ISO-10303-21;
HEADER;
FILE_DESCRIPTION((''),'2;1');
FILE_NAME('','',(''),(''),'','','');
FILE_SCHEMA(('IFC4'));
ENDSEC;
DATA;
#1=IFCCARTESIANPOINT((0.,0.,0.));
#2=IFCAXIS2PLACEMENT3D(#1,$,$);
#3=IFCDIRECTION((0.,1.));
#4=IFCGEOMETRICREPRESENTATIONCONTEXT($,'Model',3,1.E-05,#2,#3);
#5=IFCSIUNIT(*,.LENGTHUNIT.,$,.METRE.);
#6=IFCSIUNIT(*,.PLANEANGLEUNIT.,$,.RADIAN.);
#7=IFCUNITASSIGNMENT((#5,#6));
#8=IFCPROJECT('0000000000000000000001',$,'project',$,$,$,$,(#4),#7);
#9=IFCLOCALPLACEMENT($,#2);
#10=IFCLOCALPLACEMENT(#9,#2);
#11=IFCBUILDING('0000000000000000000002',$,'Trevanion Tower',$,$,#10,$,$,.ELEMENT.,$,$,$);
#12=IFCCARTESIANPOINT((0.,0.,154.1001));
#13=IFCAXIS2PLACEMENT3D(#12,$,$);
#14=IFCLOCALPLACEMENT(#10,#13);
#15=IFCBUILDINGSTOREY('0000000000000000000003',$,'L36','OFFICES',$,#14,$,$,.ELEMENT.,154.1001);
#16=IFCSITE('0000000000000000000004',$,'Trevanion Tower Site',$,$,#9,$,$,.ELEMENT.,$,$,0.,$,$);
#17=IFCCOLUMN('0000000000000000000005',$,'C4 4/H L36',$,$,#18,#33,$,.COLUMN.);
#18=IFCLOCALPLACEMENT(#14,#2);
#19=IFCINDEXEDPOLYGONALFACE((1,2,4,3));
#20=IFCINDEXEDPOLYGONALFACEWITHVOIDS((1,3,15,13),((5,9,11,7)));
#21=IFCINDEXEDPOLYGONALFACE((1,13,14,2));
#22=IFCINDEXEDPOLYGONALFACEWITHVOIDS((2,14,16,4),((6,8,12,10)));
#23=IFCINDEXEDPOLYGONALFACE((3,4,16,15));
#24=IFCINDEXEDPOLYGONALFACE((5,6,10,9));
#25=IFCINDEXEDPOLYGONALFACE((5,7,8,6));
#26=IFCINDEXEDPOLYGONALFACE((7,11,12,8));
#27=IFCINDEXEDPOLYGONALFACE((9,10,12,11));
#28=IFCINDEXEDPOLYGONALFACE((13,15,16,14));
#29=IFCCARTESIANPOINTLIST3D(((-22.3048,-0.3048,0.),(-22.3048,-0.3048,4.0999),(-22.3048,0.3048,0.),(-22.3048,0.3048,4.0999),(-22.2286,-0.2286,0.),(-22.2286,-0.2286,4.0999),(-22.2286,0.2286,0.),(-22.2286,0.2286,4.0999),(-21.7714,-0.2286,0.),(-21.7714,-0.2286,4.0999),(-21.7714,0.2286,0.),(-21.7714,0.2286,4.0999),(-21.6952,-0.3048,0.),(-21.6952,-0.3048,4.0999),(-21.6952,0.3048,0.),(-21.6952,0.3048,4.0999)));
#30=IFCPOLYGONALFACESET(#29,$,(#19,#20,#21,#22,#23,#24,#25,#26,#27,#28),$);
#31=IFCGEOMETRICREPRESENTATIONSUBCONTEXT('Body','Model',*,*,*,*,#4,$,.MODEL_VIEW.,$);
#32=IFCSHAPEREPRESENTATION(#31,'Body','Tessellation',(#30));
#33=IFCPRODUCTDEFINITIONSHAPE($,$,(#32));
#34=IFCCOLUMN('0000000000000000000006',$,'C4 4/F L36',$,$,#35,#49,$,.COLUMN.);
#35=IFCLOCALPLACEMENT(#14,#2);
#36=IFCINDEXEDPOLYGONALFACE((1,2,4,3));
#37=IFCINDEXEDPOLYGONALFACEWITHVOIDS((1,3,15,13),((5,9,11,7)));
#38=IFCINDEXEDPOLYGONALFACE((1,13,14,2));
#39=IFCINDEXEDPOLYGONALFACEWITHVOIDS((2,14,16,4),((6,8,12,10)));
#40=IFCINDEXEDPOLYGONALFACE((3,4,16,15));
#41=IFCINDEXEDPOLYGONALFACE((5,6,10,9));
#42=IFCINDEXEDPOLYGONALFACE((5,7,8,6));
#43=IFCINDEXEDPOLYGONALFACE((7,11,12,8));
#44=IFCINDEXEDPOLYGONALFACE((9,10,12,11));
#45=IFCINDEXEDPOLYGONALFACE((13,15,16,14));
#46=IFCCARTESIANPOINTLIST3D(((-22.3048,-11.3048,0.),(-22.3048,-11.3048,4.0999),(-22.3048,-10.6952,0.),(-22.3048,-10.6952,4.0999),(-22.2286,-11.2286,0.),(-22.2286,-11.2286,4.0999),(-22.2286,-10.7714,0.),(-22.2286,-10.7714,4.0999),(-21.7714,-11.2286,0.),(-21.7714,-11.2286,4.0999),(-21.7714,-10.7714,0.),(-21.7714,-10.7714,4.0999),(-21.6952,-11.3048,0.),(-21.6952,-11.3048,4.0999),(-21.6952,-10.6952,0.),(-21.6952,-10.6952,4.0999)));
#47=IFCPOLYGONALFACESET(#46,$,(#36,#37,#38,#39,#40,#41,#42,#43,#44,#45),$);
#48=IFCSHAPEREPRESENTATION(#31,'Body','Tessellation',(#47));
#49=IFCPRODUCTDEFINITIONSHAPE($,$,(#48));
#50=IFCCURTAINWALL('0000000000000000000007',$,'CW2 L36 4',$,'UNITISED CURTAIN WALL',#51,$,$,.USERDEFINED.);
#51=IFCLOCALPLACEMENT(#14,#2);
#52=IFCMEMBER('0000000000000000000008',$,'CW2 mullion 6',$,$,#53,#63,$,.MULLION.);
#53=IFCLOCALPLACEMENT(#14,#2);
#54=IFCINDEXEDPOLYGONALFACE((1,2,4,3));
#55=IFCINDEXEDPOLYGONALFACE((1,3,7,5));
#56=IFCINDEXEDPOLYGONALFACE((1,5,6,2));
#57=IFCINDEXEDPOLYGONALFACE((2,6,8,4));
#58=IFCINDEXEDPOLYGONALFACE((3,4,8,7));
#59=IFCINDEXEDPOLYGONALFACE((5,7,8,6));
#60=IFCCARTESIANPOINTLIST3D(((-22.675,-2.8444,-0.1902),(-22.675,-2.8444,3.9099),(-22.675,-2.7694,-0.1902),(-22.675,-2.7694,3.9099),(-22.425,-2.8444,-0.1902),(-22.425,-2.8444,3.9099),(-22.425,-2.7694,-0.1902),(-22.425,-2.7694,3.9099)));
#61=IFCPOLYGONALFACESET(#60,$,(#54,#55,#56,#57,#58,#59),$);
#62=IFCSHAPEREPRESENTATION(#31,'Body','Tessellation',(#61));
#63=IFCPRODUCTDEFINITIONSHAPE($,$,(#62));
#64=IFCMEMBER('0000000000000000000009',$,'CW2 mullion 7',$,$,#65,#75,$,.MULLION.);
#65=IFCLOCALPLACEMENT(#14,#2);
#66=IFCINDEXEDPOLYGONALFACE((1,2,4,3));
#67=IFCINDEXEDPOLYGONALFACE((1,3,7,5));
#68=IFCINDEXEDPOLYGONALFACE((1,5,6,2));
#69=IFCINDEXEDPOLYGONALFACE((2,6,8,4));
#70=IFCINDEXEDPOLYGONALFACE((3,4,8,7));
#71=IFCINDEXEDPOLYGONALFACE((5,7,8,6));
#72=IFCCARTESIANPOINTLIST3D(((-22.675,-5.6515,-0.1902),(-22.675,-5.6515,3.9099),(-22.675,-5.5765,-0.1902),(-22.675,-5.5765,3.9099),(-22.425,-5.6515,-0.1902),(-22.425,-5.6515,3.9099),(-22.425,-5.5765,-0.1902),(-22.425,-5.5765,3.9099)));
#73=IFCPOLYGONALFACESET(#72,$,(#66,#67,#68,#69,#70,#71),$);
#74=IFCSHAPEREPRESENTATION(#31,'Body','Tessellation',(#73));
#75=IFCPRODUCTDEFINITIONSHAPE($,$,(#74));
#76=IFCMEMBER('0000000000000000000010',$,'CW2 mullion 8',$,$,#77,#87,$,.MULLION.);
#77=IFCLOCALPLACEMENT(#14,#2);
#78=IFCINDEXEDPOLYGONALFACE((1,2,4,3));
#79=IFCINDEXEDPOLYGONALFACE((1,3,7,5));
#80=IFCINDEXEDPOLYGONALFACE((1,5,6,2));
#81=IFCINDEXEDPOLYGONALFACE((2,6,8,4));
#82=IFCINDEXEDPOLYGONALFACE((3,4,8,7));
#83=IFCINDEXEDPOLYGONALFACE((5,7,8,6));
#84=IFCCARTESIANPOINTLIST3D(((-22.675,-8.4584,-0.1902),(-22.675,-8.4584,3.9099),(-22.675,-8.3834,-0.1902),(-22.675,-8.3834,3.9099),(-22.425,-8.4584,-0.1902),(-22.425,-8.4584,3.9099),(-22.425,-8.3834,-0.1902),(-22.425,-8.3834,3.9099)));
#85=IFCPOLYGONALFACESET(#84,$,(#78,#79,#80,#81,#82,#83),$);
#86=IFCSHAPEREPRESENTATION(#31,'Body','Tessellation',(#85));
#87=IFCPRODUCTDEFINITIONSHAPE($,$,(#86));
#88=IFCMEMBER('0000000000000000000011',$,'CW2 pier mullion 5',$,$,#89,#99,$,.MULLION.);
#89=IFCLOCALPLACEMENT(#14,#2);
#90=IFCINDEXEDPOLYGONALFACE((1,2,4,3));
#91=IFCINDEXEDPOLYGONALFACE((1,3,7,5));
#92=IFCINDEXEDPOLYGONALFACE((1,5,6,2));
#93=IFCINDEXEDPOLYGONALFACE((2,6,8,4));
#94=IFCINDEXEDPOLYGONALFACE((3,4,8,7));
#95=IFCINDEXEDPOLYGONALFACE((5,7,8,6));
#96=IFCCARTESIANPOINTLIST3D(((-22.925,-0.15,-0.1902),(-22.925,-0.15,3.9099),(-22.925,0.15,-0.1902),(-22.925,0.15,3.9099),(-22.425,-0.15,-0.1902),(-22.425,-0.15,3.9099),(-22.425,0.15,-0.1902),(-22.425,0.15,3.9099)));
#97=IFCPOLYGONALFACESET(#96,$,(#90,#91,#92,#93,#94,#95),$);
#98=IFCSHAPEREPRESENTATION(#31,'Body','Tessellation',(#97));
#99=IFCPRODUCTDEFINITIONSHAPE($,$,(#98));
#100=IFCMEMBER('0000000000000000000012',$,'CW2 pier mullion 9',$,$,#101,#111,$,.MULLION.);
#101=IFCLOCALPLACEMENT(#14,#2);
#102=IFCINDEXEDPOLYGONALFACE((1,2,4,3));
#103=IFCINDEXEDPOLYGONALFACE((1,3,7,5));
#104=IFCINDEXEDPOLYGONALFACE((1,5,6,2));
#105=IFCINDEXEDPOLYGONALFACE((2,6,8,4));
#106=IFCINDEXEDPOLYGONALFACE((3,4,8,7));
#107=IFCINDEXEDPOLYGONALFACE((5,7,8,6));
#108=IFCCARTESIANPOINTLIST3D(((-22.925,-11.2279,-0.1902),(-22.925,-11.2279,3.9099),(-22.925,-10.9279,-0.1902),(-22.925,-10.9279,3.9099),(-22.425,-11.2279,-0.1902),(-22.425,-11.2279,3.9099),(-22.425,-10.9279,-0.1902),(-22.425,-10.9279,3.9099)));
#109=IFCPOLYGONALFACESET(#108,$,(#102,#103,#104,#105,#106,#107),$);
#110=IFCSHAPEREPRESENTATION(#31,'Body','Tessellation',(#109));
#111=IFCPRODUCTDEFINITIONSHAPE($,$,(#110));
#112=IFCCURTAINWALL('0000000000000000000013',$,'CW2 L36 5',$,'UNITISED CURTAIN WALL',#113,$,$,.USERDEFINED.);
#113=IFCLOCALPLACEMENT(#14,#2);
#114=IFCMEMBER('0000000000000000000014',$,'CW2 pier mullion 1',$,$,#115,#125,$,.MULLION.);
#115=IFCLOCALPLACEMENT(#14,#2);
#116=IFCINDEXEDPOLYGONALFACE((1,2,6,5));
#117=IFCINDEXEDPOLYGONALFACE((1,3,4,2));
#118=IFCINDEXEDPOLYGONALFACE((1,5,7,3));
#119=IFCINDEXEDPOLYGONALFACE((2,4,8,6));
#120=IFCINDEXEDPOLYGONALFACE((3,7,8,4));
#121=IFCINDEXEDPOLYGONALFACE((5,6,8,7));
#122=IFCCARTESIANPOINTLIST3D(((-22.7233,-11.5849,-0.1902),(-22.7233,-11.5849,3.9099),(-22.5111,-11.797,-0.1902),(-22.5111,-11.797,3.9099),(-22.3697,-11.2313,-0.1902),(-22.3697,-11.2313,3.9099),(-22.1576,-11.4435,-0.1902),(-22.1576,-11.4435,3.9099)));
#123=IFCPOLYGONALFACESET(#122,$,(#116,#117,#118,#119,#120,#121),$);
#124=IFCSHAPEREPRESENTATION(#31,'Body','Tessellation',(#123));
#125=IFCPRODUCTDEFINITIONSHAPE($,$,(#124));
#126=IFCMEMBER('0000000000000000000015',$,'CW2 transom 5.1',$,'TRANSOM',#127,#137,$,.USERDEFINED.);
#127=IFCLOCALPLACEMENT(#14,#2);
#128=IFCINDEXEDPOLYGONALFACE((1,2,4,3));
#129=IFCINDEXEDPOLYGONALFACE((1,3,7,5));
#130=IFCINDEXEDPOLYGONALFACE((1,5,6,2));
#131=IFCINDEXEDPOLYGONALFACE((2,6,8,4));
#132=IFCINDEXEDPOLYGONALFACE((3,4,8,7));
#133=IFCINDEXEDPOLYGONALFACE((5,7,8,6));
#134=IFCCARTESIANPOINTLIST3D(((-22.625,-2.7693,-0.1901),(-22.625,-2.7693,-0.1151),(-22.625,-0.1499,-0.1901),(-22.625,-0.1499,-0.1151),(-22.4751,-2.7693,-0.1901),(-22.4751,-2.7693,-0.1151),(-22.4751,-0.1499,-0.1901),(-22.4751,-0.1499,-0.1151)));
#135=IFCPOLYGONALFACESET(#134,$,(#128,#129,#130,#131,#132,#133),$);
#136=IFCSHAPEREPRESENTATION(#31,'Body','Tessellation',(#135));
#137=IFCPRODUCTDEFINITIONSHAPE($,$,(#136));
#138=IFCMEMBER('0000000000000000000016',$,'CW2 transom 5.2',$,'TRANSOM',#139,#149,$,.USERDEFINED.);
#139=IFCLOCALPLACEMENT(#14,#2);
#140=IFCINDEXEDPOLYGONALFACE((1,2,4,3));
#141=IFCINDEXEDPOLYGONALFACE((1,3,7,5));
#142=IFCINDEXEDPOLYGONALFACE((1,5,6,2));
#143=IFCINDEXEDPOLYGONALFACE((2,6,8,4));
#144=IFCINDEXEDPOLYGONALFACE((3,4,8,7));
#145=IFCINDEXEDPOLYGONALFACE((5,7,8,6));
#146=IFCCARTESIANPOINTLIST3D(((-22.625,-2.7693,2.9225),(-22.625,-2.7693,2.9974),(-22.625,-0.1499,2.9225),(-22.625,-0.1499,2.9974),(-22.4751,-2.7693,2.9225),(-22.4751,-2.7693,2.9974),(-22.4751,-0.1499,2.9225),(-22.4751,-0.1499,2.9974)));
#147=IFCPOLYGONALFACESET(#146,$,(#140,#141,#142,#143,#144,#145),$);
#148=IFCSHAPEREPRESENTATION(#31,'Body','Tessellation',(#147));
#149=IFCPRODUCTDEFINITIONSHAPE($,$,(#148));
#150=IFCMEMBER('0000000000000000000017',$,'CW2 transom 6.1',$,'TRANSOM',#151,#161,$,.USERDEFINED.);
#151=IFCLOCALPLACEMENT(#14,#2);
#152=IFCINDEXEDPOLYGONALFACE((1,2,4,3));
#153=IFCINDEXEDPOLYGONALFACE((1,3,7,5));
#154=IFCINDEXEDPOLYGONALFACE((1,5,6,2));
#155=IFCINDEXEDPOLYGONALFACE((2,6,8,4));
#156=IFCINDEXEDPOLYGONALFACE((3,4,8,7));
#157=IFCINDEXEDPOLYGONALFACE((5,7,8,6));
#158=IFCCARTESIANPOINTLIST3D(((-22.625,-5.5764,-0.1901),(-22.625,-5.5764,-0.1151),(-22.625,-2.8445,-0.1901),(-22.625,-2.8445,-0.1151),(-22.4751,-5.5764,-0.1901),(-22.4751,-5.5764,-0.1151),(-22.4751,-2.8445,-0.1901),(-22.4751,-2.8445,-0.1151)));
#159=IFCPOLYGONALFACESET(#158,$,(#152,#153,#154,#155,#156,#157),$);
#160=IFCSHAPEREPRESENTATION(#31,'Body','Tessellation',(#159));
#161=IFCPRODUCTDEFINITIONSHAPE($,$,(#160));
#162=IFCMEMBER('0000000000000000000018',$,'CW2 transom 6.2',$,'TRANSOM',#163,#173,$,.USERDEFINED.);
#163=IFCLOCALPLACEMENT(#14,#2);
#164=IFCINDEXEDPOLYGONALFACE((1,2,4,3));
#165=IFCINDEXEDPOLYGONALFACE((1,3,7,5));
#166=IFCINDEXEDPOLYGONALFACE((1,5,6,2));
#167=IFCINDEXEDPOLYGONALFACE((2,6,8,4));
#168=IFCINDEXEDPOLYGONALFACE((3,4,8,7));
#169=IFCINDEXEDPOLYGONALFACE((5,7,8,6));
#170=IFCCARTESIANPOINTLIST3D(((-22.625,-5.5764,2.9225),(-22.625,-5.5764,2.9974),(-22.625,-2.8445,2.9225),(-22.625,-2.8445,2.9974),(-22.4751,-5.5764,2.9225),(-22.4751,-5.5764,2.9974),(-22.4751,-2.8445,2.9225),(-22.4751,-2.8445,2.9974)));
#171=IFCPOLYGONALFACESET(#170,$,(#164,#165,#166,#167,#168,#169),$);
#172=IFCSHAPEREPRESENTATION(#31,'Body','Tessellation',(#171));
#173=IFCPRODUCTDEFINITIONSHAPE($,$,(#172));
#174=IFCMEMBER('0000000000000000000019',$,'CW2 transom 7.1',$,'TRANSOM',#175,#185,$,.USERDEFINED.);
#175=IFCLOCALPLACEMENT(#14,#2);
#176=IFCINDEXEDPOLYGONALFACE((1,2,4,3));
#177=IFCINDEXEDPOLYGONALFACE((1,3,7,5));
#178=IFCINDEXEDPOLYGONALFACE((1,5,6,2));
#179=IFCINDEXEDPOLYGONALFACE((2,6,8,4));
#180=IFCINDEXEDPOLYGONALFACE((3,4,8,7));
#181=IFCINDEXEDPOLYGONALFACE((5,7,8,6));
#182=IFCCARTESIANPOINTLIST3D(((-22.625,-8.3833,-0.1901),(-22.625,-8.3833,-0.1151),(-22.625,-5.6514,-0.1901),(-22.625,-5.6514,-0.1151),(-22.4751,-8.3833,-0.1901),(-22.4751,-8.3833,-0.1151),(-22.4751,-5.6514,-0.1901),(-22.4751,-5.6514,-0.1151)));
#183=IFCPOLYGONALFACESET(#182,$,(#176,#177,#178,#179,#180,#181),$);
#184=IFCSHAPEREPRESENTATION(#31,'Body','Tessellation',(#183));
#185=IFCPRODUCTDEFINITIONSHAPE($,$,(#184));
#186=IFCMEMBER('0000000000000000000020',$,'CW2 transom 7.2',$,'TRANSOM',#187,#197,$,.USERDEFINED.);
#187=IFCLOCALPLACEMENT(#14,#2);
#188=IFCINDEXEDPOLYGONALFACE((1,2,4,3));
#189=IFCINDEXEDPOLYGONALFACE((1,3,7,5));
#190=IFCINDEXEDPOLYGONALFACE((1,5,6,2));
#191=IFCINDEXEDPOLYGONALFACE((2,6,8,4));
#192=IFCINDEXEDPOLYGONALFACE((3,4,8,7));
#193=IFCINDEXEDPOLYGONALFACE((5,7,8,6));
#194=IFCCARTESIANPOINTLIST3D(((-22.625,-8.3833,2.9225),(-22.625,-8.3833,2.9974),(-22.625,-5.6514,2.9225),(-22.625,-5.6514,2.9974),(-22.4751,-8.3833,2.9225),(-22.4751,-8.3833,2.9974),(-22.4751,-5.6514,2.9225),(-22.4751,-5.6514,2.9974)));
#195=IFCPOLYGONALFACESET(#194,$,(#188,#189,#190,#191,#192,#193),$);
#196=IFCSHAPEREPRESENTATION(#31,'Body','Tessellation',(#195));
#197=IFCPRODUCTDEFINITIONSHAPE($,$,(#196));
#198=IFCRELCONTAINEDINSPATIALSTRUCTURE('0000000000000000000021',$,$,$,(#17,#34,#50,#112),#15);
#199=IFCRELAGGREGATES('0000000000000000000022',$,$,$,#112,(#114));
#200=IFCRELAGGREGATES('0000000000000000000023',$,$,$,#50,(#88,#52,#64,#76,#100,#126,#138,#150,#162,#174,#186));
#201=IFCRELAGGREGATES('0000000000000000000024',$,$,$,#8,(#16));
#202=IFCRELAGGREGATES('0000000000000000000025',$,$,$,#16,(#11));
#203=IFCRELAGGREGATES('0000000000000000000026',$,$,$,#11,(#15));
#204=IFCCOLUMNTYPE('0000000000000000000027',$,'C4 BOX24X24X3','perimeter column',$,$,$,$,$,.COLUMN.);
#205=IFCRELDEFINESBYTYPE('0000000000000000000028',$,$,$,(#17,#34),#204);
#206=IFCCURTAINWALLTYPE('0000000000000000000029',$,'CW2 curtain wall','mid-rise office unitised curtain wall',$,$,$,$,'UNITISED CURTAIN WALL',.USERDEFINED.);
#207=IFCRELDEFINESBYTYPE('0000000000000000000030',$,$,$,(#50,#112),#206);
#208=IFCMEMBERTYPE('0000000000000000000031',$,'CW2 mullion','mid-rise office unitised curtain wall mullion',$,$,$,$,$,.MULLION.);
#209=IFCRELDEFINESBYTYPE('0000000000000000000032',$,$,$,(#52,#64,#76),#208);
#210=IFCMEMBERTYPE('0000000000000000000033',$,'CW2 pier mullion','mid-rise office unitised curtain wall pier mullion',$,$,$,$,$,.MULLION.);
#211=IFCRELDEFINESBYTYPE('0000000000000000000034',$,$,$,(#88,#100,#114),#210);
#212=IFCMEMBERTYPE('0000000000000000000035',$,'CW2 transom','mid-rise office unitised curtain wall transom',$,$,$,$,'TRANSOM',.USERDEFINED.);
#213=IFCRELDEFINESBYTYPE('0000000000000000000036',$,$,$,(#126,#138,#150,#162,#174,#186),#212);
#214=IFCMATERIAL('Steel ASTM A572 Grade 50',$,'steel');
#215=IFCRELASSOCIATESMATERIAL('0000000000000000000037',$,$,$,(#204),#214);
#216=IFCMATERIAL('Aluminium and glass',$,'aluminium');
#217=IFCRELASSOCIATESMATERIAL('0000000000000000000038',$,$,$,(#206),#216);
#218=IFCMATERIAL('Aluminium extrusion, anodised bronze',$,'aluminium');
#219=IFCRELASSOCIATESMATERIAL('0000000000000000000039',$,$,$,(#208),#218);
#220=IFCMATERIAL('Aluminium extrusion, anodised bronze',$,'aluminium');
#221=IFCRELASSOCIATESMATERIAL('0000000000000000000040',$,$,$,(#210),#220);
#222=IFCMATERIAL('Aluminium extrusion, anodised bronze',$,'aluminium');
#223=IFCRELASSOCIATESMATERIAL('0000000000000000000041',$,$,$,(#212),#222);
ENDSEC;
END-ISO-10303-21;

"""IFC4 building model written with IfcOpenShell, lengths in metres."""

from ifc_helpers import new_model, si_unit, direction, frame, origin, origin_2d, place, context, subcontext, project, spatial, rectangle, hollow_rectangle, extrude, material, material_profile, profile_set, type_object, element, aggregate, save


model = new_model("IFC4")

# Units and contexts
model_context = context("Model", 3, precision=1e-05, world=origin(), true_north=direction((0.0, 1.0)))
body_context = subcontext(model_context, "Body", "Model", "MODEL_VIEW")
ifc_project = project(units=[si_unit("LENGTHUNIT", "METRE"), si_unit("PLANEANGLEUNIT", "RADIAN")], contexts=[model_context])

# Site, building, storey
site_placement = place(None, origin())
site = spatial("IfcSite", under=ifc_project, at=site_placement, Name="Trevanion Tower Site", CompositionType="ELEMENT", RefElevation=0.0)
building_placement = place(site_placement, origin())
building = spatial("IfcBuilding", under=site, at=building_placement, Name="Trevanion Tower", CompositionType="ELEMENT")
storey_placement = place(building_placement, frame((0.0, 0.0, 154.1001)))
storey = spatial("IfcBuildingStorey", under=building, at=storey_placement, Name="L36", Description="OFFICES", CompositionType="ELEMENT", Elevation=154.1001)

# Columns
ifc_material_1 = material(Name="Steel ASTM A572 Grade 50", Category="steel")
ifc_material_profile_1 = material_profile(ifc_material_1, hollow_rectangle(XDim=0.6096, YDim=0.6096, WallThickness=0.0762, at=origin_2d()), Name="BOX24X24X3")
ifc_profile_set_1 = profile_set([ifc_material_profile_1], Name="Steel ASTM A572 Grade 50")
column_type = type_object("IfcColumnType", Name="C4 BOX24X24X3", Description="perimeter column", PredefinedType="COLUMN", material=ifc_profile_set_1)
for number, where, z_axis, x_axis, name in (
    (1, (-22.0, 0.0, 0.0), (0.0, 0.0, 1.0), (0.0, 1.0, 0.0), "C4 4/H L36"),
    (2, (-22.0, -11.0, 0.0), (0.0, 0.0, 1.0), (0.0, 1.0, 0.0), "C4 4/F L36"),
):
    element("IfcColumn", number, at=place(storey_placement, frame(where, z_axis=z_axis, x_axis=x_axis)), inside=storey, type_object=column_type, Name=name, PredefinedType="COLUMN", context=body_context, shape_type="SweptSolid", body=[
        extrude(hollow_rectangle(XDim=0.6096, YDim=0.6096, WallThickness=0.0762, at=origin_2d()), origin(), (0.0, 0.0, 1.0), 4.0999),
    ])

# Curtain wall, members
ifc_material_2 = material(Name="Aluminium and glass", Category="aluminium")
curtain_wall_type = type_object("IfcCurtainWallType", Name="CW2 curtain wall", Description="mid-rise office unitised curtain wall", ElementType="UNITISED CURTAIN WALL", PredefinedType="USERDEFINED", material=ifc_material_2)
curtain_wall_1_placement = place(storey_placement, origin())
curtain_wall_1 = element("IfcCurtainWall", 3, at=curtain_wall_1_placement, inside=storey, type_object=curtain_wall_type, Name="CW2 L36 4", ObjectType="UNITISED CURTAIN WALL", PredefinedType="USERDEFINED")
ifc_material_3 = material(Name="Aluminium extrusion, anodised bronze", Category="aluminium")
ifc_material_profile_2 = material_profile(ifc_material_3, rectangle(XDim=0.075, YDim=0.25, at=origin_2d()), Name="CW2 mullion")
ifc_profile_set_2 = profile_set([ifc_material_profile_2], Name="Aluminium extrusion, anodised bronze")
member_type_1 = type_object("IfcMemberType", Name="CW2 mullion", Description="mid-rise office unitised curtain wall mullion", PredefinedType="MULLION", material=ifc_profile_set_2)
member_1_placement = place(storey_placement, frame((-22.55, -2.8069, -0.1902), z_axis=(0.0, 0.0, 1.0), x_axis=(0.0, -1.0, 0.0)))
member_1 = element("IfcMember", 4, at=member_1_placement, type_object=member_type_1, Name="CW2 mullion 6", PredefinedType="MULLION", context=body_context, shape_type="SweptSolid", body=[
    extrude(rectangle(XDim=0.075, YDim=0.25, at=origin_2d()), origin(), (0.0, 0.0, 1.0), 4.1001),
])
member_2_placement = place(storey_placement, frame((-22.55, -5.614, -0.1902), z_axis=(0.0, 0.0, 1.0), x_axis=(0.0, -1.0, 0.0)))
member_2 = element("IfcMember", 5, at=member_2_placement, type_object=member_type_1, Name="CW2 mullion 7", PredefinedType="MULLION", context=body_context, shape_type="SweptSolid", body=[
    extrude(rectangle(XDim=0.075, YDim=0.25, at=origin_2d()), origin(), (0.0, 0.0, 1.0), 4.1001),
])
member_3_placement = place(storey_placement, frame((-22.55, -8.4209, -0.1902), z_axis=(0.0, 0.0, 1.0), x_axis=(0.0, -1.0, 0.0)))
member_3 = element("IfcMember", 6, at=member_3_placement, type_object=member_type_1, Name="CW2 mullion 8", PredefinedType="MULLION", context=body_context, shape_type="SweptSolid", body=[
    extrude(rectangle(XDim=0.075, YDim=0.25, at=origin_2d()), origin(), (0.0, 0.0, 1.0), 4.1001),
])
ifc_material_4 = material(Name="Aluminium extrusion, anodised bronze", Category="aluminium")
ifc_material_profile_3 = material_profile(ifc_material_4, rectangle(XDim=0.3, YDim=0.5, at=origin_2d()), Name="CW2 pier mullion")
ifc_profile_set_3 = profile_set([ifc_material_profile_3], Name="Aluminium extrusion, anodised bronze")
member_type_2 = type_object("IfcMemberType", Name="CW2 pier mullion", Description="mid-rise office unitised curtain wall pier mullion", PredefinedType="MULLION", material=ifc_profile_set_3)
member_4_placement = place(storey_placement, frame((-22.675, 0.0, -0.1902), z_axis=(0.0, 0.0, 1.0), x_axis=(0.0, -1.0, 0.0)))
member_4 = element("IfcMember", 7, at=member_4_placement, type_object=member_type_2, Name="CW2 pier mullion 5", PredefinedType="MULLION", context=body_context, shape_type="SweptSolid", body=[
    extrude(rectangle(XDim=0.3, YDim=0.5, at=origin_2d()), origin(), (0.0, 0.0, 1.0), 4.1001),
])
member_5_placement = place(storey_placement, frame((-22.675, -11.0779, -0.1902), z_axis=(0.0, 0.0, 1.0), x_axis=(0.0, -1.0, 0.0)))
member_5 = element("IfcMember", 8, at=member_5_placement, type_object=member_type_2, Name="CW2 pier mullion 9", PredefinedType="MULLION", context=body_context, shape_type="SweptSolid", body=[
    extrude(rectangle(XDim=0.3, YDim=0.5, at=origin_2d()), origin(), (0.0, 0.0, 1.0), 4.1001),
])

# Curtain wall, member
curtain_wall_2_placement = place(storey_placement, origin())
curtain_wall_2 = element("IfcCurtainWall", 9, at=curtain_wall_2_placement, inside=storey, type_object=curtain_wall_type, Name="CW2 L36 5", ObjectType="UNITISED CURTAIN WALL", PredefinedType="USERDEFINED")
member_6_placement = place(storey_placement, frame((-22.4404, -11.5142, -0.1902), z_axis=(0.0, 0.0, 1.0), x_axis=(0.707107, -0.707107, 0.0)))
member_6 = element("IfcMember", 10, at=member_6_placement, type_object=member_type_2, Name="CW2 pier mullion 1", PredefinedType="MULLION", context=body_context, shape_type="SweptSolid", body=[
    extrude(rectangle(XDim=0.3, YDim=0.5, at=origin_2d()), origin(), (0.0, 0.0, 1.0), 4.1001),
])

# Members
ifc_material_5 = material(Name="Aluminium extrusion, anodised bronze", Category="aluminium")
ifc_material_profile_4 = material_profile(ifc_material_5, rectangle(XDim=0.1499, YDim=0.075, at=origin_2d()), Name="CW2 transom")
ifc_profile_set_4 = profile_set([ifc_material_profile_4], Name="Aluminium extrusion, anodised bronze")
member_type_3 = type_object("IfcMemberType", Name="CW2 transom", Description="mid-rise office unitised curtain wall transom", ElementType="TRANSOM", PredefinedType="USERDEFINED", material=ifc_profile_set_4)
member_7_placement = place(storey_placement, frame((-22.55, -0.1499, -0.1526), z_axis=(0.0, -1.0, 0.0), x_axis=(1.0, 0.0, 0.0)))
member_7 = element("IfcMember", 11, at=member_7_placement, type_object=member_type_3, Name="CW2 transom 5.1", ObjectType="TRANSOM", PredefinedType="USERDEFINED", context=body_context, shape_type="SweptSolid", body=[
    extrude(rectangle(XDim=0.1499, YDim=0.075, at=origin_2d()), origin(), (0.0, 0.0, 1.0), 2.6194),
])
member_8_placement = place(storey_placement, frame((-22.55, -0.1499, 2.96), z_axis=(0.0, -1.0, 0.0), x_axis=(1.0, 0.0, 0.0)))
member_8 = element("IfcMember", 12, at=member_8_placement, type_object=member_type_3, Name="CW2 transom 5.2", ObjectType="TRANSOM", PredefinedType="USERDEFINED", context=body_context, shape_type="SweptSolid", body=[
    extrude(rectangle(XDim=0.1499, YDim=0.075, at=origin_2d()), origin(), (0.0, 0.0, 1.0), 2.6194),
])
member_9_placement = place(storey_placement, frame((-22.55, -2.8445, -0.1526), z_axis=(0.0, -1.0, 0.0), x_axis=(1.0, 0.0, 0.0)))
member_9 = element("IfcMember", 13, at=member_9_placement, type_object=member_type_3, Name="CW2 transom 6.1", ObjectType="TRANSOM", PredefinedType="USERDEFINED", context=body_context, shape_type="SweptSolid", body=[
    extrude(rectangle(XDim=0.1499, YDim=0.075, at=origin_2d()), origin(), (0.0, 0.0, 1.0), 2.7319),
])
member_10_placement = place(storey_placement, frame((-22.55, -2.8445, 2.96), z_axis=(0.0, -1.0, 0.0), x_axis=(1.0, 0.0, 0.0)))
member_10 = element("IfcMember", 14, at=member_10_placement, type_object=member_type_3, Name="CW2 transom 6.2", ObjectType="TRANSOM", PredefinedType="USERDEFINED", context=body_context, shape_type="SweptSolid", body=[
    extrude(rectangle(XDim=0.1499, YDim=0.075, at=origin_2d()), origin(), (0.0, 0.0, 1.0), 2.7319),
])
member_11_placement = place(storey_placement, frame((-22.55, -5.6514, -0.1526), z_axis=(0.0, -1.0, 0.0), x_axis=(1.0, 0.0, 0.0)))
member_11 = element("IfcMember", 15, at=member_11_placement, type_object=member_type_3, Name="CW2 transom 7.1", ObjectType="TRANSOM", PredefinedType="USERDEFINED", context=body_context, shape_type="SweptSolid", body=[
    extrude(rectangle(XDim=0.1499, YDim=0.075, at=origin_2d()), origin(), (0.0, 0.0, 1.0), 2.7319),
])
member_12_placement = place(storey_placement, frame((-22.55, -5.6514, 2.96), z_axis=(0.0, -1.0, 0.0), x_axis=(1.0, 0.0, 0.0)))
member_12 = element("IfcMember", 16, at=member_12_placement, type_object=member_type_3, Name="CW2 transom 7.2", ObjectType="TRANSOM", PredefinedType="USERDEFINED", context=body_context, shape_type="SweptSolid", body=[
    extrude(rectangle(XDim=0.1499, YDim=0.075, at=origin_2d()), origin(), (0.0, 0.0, 1.0), 2.7319),
])
aggregate(curtain_wall_2, [member_6])

aggregate(curtain_wall_1, [member_4, member_1, member_2, member_3, member_5, member_7, member_8, member_9, member_10, member_11, member_12])

save(model, "model.ifc")
